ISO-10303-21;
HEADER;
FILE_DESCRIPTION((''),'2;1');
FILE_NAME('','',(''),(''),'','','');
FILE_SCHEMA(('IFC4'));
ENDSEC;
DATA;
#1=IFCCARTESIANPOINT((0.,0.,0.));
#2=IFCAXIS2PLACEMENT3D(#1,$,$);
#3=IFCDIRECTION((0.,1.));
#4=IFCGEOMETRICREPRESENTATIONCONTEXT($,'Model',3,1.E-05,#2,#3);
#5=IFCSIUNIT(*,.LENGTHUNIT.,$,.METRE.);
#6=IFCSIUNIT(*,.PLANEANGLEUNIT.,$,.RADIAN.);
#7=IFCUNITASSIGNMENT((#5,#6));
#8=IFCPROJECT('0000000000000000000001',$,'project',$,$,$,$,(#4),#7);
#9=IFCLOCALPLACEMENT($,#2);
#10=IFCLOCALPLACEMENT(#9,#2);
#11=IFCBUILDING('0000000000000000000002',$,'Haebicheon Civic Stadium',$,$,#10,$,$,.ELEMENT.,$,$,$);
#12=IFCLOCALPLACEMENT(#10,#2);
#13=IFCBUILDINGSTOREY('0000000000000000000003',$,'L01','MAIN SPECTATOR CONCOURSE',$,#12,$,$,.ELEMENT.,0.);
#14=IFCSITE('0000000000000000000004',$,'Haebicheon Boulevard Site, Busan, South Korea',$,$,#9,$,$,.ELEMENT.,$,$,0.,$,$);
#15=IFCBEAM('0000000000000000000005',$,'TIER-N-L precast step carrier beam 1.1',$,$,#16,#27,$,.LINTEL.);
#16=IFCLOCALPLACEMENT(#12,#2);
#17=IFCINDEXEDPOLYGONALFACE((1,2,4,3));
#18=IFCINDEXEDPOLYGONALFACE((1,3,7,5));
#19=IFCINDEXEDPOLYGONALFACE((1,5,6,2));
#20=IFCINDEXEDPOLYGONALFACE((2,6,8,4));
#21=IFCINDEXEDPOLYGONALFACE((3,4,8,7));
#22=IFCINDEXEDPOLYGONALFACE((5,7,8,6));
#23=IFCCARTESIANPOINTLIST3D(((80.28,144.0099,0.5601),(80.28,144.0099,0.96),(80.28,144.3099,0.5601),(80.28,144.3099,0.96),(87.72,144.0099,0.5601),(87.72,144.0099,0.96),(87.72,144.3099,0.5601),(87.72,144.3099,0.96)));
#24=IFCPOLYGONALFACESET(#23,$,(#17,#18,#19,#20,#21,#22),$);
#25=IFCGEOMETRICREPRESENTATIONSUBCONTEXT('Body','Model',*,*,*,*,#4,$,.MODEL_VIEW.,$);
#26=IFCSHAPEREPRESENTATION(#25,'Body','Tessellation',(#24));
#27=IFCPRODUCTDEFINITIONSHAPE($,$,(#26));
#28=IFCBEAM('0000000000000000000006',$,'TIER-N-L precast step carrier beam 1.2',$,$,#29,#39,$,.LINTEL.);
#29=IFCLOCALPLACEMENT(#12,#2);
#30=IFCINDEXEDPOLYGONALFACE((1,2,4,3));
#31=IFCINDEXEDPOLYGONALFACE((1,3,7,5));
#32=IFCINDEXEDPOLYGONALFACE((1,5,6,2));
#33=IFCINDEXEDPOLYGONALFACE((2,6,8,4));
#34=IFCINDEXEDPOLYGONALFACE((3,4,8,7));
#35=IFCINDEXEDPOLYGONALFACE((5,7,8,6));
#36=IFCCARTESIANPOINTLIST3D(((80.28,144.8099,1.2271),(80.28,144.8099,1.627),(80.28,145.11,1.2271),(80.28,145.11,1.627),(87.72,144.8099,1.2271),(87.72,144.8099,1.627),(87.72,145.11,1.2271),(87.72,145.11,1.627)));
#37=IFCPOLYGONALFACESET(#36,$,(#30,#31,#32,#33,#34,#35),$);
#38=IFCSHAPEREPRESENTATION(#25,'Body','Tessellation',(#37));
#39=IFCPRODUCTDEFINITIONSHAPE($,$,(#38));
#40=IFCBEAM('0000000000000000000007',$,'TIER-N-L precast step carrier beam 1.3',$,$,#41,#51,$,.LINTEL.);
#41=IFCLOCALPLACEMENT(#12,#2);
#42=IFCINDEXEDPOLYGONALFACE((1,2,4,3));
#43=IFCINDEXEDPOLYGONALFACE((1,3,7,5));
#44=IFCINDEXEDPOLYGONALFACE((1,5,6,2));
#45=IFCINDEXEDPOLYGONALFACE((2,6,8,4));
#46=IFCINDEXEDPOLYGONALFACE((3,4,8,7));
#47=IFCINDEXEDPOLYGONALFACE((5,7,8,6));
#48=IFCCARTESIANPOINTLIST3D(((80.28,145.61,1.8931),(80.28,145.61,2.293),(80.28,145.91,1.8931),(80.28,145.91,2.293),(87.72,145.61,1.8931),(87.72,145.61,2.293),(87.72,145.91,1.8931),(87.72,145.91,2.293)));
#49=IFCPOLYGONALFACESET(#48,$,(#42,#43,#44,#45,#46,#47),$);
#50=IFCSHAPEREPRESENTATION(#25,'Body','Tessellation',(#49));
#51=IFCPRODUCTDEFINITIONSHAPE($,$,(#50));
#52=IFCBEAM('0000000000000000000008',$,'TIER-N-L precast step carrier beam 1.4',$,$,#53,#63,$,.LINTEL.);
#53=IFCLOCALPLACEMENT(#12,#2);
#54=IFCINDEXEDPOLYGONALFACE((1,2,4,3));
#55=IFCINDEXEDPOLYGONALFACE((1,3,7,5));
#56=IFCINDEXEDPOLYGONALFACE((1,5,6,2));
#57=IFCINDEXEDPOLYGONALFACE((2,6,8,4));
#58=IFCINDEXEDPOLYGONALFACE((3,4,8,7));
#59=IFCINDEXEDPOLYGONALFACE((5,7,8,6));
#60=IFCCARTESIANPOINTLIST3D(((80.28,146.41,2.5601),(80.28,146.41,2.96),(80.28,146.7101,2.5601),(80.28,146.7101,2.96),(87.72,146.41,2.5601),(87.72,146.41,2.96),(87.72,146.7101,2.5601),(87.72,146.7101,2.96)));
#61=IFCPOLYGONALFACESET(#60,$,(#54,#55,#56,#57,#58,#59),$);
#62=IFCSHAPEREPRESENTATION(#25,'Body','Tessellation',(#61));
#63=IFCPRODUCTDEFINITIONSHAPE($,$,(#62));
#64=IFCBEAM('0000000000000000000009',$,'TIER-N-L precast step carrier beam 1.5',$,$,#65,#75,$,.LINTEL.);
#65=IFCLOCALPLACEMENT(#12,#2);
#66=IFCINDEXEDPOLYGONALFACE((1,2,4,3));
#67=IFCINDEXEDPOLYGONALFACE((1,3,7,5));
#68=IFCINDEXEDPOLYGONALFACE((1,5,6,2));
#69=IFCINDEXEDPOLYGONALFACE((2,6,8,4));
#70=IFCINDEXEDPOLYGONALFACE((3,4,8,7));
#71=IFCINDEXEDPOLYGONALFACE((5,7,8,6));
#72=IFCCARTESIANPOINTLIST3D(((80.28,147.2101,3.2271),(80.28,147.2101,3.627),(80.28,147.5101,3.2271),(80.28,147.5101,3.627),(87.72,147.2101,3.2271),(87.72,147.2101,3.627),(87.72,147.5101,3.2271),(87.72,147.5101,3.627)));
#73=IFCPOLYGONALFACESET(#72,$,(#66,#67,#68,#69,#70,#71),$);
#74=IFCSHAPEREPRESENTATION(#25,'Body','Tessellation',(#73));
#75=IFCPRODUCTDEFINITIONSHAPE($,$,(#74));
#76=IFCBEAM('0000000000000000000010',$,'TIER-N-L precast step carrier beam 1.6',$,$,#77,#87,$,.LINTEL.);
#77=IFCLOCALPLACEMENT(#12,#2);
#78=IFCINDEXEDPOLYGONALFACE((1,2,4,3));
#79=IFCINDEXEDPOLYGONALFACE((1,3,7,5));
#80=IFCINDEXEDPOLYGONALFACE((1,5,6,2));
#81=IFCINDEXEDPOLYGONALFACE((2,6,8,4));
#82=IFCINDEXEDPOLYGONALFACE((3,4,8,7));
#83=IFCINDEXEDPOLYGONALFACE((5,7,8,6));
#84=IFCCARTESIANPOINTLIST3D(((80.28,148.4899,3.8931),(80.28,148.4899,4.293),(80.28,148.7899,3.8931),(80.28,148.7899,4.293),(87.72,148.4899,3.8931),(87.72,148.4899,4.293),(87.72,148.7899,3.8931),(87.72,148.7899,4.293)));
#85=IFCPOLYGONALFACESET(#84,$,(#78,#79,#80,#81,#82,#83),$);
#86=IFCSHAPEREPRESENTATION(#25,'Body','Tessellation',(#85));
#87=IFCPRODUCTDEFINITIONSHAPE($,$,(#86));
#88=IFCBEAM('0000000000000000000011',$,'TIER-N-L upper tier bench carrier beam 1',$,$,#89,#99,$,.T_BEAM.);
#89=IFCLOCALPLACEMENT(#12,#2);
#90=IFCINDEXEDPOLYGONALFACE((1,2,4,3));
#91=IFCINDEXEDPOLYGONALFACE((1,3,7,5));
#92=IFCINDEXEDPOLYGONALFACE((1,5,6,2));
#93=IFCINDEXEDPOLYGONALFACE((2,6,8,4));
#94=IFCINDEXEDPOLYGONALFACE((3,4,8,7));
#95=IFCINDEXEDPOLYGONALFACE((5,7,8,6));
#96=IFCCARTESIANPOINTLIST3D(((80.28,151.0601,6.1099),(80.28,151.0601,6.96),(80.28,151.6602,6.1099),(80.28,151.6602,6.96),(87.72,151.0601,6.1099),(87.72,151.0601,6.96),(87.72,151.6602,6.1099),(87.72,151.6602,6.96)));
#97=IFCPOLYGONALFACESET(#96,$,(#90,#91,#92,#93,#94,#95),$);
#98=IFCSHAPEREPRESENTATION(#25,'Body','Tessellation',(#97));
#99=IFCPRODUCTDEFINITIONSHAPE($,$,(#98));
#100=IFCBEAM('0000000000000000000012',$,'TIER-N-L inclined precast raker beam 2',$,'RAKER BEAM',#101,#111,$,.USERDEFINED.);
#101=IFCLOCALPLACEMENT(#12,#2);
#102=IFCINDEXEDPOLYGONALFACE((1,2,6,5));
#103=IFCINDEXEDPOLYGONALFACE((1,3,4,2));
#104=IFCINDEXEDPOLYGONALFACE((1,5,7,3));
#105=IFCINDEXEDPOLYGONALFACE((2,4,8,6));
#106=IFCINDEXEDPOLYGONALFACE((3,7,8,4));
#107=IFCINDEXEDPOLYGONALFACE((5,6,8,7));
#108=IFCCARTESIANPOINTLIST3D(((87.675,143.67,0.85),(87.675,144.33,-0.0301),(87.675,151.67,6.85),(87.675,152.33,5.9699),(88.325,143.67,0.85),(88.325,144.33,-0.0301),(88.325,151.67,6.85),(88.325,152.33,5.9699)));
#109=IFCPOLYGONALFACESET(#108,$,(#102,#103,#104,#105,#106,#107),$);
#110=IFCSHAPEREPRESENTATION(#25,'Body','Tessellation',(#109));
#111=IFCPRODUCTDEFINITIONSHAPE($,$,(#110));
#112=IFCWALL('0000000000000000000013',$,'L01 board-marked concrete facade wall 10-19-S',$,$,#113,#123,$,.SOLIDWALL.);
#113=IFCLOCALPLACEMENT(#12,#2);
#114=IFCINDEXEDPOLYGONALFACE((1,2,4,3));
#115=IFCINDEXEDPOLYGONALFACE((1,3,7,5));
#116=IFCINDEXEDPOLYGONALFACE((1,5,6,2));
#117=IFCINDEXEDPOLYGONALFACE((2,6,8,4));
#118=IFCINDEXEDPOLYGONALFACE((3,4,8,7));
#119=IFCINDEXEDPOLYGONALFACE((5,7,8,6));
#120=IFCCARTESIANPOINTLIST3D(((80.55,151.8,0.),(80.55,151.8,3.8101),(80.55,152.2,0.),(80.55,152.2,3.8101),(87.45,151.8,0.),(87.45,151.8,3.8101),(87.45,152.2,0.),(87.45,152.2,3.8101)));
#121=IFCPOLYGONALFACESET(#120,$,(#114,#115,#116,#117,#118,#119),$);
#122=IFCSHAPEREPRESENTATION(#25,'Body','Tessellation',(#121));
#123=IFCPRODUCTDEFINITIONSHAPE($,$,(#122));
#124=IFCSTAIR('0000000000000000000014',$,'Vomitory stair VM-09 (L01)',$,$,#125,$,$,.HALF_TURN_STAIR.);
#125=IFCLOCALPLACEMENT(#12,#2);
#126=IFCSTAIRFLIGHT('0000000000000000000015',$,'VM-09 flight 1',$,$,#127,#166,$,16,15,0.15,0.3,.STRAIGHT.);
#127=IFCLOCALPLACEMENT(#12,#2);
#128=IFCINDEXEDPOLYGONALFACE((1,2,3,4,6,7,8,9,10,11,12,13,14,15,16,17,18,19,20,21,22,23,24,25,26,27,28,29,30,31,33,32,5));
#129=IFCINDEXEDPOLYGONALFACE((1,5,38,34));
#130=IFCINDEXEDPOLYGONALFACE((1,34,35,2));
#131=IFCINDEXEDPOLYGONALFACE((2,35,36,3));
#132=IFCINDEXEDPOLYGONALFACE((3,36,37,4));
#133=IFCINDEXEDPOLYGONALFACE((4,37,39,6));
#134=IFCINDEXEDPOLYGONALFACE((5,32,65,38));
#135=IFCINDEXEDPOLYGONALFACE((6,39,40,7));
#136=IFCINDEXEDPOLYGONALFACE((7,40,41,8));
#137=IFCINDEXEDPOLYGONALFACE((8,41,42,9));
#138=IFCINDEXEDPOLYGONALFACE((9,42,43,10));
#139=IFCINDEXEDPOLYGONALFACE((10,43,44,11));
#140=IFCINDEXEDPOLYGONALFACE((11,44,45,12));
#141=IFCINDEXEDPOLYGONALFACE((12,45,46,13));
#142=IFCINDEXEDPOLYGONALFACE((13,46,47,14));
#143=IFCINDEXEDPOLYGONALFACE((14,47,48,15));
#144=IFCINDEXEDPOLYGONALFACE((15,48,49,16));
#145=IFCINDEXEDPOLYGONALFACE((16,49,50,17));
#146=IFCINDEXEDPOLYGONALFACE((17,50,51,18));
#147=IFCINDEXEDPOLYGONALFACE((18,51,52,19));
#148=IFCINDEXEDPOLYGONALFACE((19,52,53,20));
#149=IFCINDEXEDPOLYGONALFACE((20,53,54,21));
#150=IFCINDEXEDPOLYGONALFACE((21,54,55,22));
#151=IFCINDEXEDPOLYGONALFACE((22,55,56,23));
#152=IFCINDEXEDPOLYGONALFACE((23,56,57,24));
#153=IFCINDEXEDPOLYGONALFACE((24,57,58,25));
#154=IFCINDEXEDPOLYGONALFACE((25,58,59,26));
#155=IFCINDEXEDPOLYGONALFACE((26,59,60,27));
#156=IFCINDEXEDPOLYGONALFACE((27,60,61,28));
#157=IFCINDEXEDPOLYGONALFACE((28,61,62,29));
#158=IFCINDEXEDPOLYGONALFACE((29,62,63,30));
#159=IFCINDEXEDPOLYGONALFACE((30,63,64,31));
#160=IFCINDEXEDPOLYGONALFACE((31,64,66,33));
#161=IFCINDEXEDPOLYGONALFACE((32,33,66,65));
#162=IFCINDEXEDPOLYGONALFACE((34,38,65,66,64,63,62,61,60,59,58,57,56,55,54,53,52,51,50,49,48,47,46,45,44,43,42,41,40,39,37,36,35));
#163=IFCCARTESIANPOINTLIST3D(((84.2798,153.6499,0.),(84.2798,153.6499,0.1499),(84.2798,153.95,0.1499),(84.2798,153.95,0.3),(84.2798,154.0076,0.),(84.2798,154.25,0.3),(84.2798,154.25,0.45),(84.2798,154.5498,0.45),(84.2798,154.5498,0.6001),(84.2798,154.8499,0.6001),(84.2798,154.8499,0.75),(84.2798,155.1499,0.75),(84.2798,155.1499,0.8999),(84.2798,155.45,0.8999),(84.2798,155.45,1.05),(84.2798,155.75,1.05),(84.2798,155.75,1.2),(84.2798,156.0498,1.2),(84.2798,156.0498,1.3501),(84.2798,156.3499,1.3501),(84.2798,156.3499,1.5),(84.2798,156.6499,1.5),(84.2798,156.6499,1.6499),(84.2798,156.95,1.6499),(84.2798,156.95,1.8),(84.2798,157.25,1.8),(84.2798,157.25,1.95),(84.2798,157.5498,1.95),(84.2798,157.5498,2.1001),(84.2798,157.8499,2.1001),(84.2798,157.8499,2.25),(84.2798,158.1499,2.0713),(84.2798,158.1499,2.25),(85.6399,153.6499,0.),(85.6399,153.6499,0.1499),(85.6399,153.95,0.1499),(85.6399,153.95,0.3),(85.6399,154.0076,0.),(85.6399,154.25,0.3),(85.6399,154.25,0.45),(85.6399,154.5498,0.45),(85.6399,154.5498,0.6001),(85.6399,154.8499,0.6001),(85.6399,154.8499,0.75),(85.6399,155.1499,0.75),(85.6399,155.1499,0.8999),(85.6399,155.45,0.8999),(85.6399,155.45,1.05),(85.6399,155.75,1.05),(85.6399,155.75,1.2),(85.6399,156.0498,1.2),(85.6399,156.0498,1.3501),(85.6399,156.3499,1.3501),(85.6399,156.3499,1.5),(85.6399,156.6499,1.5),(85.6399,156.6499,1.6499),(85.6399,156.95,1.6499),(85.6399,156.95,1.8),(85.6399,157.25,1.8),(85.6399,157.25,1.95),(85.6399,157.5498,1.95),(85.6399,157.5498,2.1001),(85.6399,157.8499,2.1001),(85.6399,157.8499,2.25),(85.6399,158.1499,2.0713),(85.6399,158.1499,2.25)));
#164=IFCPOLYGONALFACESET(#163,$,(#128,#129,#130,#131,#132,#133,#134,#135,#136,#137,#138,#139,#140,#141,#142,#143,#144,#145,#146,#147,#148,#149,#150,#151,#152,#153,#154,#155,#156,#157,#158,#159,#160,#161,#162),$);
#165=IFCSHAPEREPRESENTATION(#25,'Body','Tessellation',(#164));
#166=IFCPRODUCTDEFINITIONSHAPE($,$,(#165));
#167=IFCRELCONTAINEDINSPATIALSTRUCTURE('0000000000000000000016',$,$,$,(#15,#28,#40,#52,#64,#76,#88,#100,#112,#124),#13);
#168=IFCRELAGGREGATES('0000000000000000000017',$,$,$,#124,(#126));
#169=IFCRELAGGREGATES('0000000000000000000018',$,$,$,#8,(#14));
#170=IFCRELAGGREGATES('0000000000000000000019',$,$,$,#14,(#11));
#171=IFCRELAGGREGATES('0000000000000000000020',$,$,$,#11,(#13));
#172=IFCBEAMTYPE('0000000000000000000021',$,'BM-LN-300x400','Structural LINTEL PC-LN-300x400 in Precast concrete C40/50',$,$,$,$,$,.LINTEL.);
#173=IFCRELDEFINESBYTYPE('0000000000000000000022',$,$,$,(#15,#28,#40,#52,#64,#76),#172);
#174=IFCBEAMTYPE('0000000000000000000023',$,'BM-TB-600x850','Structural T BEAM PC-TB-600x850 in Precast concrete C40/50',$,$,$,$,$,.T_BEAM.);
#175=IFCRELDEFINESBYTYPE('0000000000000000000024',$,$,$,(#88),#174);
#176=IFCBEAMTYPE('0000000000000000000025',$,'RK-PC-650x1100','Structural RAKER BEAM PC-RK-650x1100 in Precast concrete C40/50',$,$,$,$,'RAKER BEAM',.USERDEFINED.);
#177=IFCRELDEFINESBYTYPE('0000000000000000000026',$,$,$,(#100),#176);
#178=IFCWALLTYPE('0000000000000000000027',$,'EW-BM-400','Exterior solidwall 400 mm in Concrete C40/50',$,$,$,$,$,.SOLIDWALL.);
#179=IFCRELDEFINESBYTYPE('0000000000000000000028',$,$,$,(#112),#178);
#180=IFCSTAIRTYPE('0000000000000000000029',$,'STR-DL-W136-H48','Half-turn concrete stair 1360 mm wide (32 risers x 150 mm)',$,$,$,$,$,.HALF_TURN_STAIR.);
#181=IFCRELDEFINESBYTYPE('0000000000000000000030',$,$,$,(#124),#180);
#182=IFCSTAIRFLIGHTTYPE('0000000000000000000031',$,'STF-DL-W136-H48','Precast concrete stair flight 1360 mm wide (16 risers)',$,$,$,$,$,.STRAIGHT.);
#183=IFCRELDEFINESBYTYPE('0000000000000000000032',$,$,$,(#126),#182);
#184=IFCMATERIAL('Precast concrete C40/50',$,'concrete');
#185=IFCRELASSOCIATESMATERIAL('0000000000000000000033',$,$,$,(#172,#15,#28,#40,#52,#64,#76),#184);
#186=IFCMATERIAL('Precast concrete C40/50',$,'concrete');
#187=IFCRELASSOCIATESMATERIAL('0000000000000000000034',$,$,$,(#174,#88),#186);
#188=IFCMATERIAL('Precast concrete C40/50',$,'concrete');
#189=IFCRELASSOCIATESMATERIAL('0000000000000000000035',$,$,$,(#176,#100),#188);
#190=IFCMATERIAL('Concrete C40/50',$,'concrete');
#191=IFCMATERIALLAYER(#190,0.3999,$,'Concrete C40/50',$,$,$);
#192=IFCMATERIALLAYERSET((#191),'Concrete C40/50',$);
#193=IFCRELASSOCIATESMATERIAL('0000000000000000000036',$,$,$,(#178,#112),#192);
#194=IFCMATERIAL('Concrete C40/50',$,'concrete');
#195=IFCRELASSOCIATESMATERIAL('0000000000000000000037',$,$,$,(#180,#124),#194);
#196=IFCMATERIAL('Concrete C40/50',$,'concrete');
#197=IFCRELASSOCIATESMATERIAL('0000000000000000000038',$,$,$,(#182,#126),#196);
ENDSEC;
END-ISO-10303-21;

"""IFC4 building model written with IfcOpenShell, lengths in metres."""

from ifc_helpers import new_model, si_unit, direction, frame, frame_2d, origin, origin_2d, place, context, subcontext, project, spatial, polyline, rectangle, outline, extrude, material, layer, layer_set, material_profile, profile_set, type_object, element, aggregate, save


model = new_model("IFC4")

# Units and contexts
model_context = context("Model", 3, precision=1e-05, world=origin(), true_north=direction((0.0, 1.0)))
body_context = subcontext(model_context, "Body", "Model", "MODEL_VIEW")
ifc_project = project(units=[si_unit("LENGTHUNIT", "METRE"), si_unit("PLANEANGLEUNIT", "RADIAN")], contexts=[model_context])

# Site, building, storey
site_placement = place(None, origin())
site = spatial("IfcSite", under=ifc_project, at=site_placement, Name="Haebicheon Boulevard Site, Busan, South Korea", CompositionType="ELEMENT", RefElevation=0.0)
building_placement = place(site_placement, origin())
building = spatial("IfcBuilding", under=site, at=building_placement, Name="Haebicheon Civic Stadium", CompositionType="ELEMENT")
storey_placement = place(building_placement, origin())
storey = spatial("IfcBuildingStorey", under=building, at=storey_placement, Name="L01", Description="MAIN SPECTATOR CONCOURSE", CompositionType="ELEMENT", Elevation=0.0)

# Beams
ifc_material_1 = material(Name="Precast concrete C40/50", Category="concrete")
ifc_material_profile_1 = material_profile(ifc_material_1, rectangle(XDim=0.3, YDim=0.3999, at=origin_2d()), Name="PC-LN-300x400")
ifc_profile_set_1 = profile_set([ifc_material_profile_1], Name="Precast concrete C40/50")
beam_type_1 = type_object("IfcBeamType", Name="BM-LN-300x400", Description="Structural LINTEL PC-LN-300x400 in Precast concrete C40/50", PredefinedType="LINTEL", material=ifc_profile_set_1)
for number, where, z_axis, x_axis, name in (
    (1, (80.28, 144.1599, 0.76), (1.0, 0.0, 0.0), (0.0, 1.0, 0.0), "TIER-N-L precast step carrier beam 1.1"),
    (2, (80.28, 144.96, 1.427), (1.0, 0.0, 0.0), (0.0, 1.0, 0.0), "TIER-N-L precast step carrier beam 1.2"),
    (3, (80.28, 145.76, 2.093), (1.0, 0.0, 0.0), (0.0, 1.0, 0.0), "TIER-N-L precast step carrier beam 1.3"),
    (4, (80.28, 146.5601, 2.76), (1.0, 0.0, 0.0), (0.0, 1.0, 0.0), "TIER-N-L precast step carrier beam 1.4"),
    (5, (80.28, 147.3601, 3.427), (1.0, 0.0, 0.0), (0.0, 1.0, 0.0), "TIER-N-L precast step carrier beam 1.5"),
    (6, (80.28, 148.6399, 4.093), (1.0, 0.0, 0.0), (0.0, 1.0, 0.0), "TIER-N-L precast step carrier beam 1.6"),
):
    element("IfcBeam", number, at=place(storey_placement, frame(where, z_axis=z_axis, x_axis=x_axis)), inside=storey, type_object=beam_type_1, material=ifc_profile_set_1, Name=name, PredefinedType="LINTEL", context=body_context, shape_type="SweptSolid", body=[
        extrude(rectangle(XDim=0.3, YDim=0.3999, at=origin_2d()), origin(), (0.0, 0.0, 1.0), 7.4399),
    ])
ifc_material_2 = material(Name="Precast concrete C40/50", Category="concrete")
ifc_material_profile_2 = material_profile(ifc_material_2, rectangle(XDim=0.6001, YDim=0.8501, at=origin_2d()), Name="PC-TB-600x850")
ifc_profile_set_2 = profile_set([ifc_material_profile_2], Name="Precast concrete C40/50")
beam_type_2 = type_object("IfcBeamType", Name="BM-TB-600x850", Description="Structural T BEAM PC-TB-600x850 in Precast concrete C40/50", PredefinedType="T_BEAM", material=ifc_profile_set_2)
beam_1_placement = place(storey_placement, frame((80.28, 151.3601, 6.5349), z_axis=(1.0, 0.0, 0.0), x_axis=(0.0, 1.0, 0.0)))
element("IfcBeam", 7, at=beam_1_placement, inside=storey, type_object=beam_type_2, material=ifc_profile_set_2, Name="TIER-N-L upper tier bench carrier beam 1", PredefinedType="T_BEAM", context=body_context, shape_type="SweptSolid", body=[
    extrude(rectangle(XDim=0.6001, YDim=0.8501, at=origin_2d()), origin(), (0.0, 0.0, 1.0), 7.4399),
])
ifc_material_3 = material(Name="Precast concrete C40/50", Category="concrete")
ifc_material_profile_3 = material_profile(ifc_material_3, rectangle(XDim=0.6499, YDim=1.1001, at=origin_2d()), Name="PC-RK-650x1100")
ifc_profile_set_3 = profile_set([ifc_material_profile_3], Name="Precast concrete C40/50")
beam_type_3 = type_object("IfcBeamType", Name="RK-PC-650x1100", Description="Structural RAKER BEAM PC-RK-650x1100 in Precast concrete C40/50", ElementType="RAKER BEAM", PredefinedType="USERDEFINED", material=ifc_profile_set_3)
beam_2_placement = place(storey_placement, frame((88.0, 144.0, 0.4099), z_axis=(0.0, 0.8, 0.6), x_axis=(-1.0, 0.0, 0.0)))
element("IfcBeam", 8, at=beam_2_placement, inside=storey, type_object=beam_type_3, material=ifc_profile_set_3, Name="TIER-N-L inclined precast raker beam 2", ObjectType="RAKER BEAM", PredefinedType="USERDEFINED", context=body_context, shape_type="SweptSolid", body=[
    extrude(rectangle(XDim=0.6499, YDim=1.1001, at=origin_2d()), origin(), (0.0, 0.0, 1.0), 10.0),
])

# Wall
ifc_material_4 = material(Name="Concrete C40/50", Category="concrete")
ifc_layer = layer(ifc_material_4, 0.3999, Name="Concrete C40/50")
ifc_layer_set = layer_set([ifc_layer], Name="Concrete C40/50")
wall_type = type_object("IfcWallType", Name="EW-BM-400", Description="Exterior solidwall 400 mm in Concrete C40/50", PredefinedType="SOLIDWALL", material=ifc_layer_set)
wall_placement = place(storey_placement, frame((80.55, 152.0, 0.0), z_axis=(0.0, 0.0, 1.0), x_axis=(1.0, 0.0, 0.0)))
element("IfcWall", 9, at=wall_placement, inside=storey, type_object=wall_type, material=ifc_layer_set, Name="L01 board-marked concrete facade wall 10-19-S", PredefinedType="SOLIDWALL", context=body_context, shape_type="SweptSolid", body=[
    extrude(rectangle(XDim=6.8999, YDim=0.3999, at=frame_2d((3.45, 0.0))), origin(), (0.0, 0.0, 1.0), 3.8101),
])

# Stair, stair flight
ifc_material_5 = material(Name="Concrete C40/50", Category="concrete")
stair_type = type_object("IfcStairType", Name="STR-DL-W136-H48", Description="Half-turn concrete stair 1360 mm wide (32 risers x 150 mm)", PredefinedType="HALF_TURN_STAIR", material=ifc_material_5)
stair_placement = place(storey_placement, origin())
stair = element("IfcStair", 10, at=stair_placement, inside=storey, type_object=stair_type, material=ifc_material_5, Name="Vomitory stair VM-09 (L01)", PredefinedType="HALF_TURN_STAIR")
ifc_material_6 = material(Name="Concrete C40/50", Category="concrete")
stair_flight_type = type_object("IfcStairFlightType", Name="STF-DL-W136-H48", Description="Precast concrete stair flight 1360 mm wide (16 risers)", PredefinedType="STRAIGHT", material=ifc_material_6)
stair_flight_placement = place(storey_placement, frame((84.96, 153.6499, 0.0), z_axis=(0.0, 0.0, 1.0), x_axis=(0.0, 1.0, 0.0)))
stair_flight = element("IfcStairFlight", 11, at=stair_flight_placement, type_object=stair_flight_type, material=ifc_material_6, Name="VM-09 flight 1", NumberOfRisers=16, NumberOfTreads=15, PredefinedType="STRAIGHT", RiserHeight=0.15, TreadLength=0.3, context=body_context, shape_type="SweptSolid", body=[
    extrude(outline(polyline([(0.0, 0.0), (0.0, 0.1499), (0.3, 0.1499), (0.3, 0.3), (0.6001, 0.3), (0.6001, 0.45), (0.8999, 0.45), (0.8999, 0.6001), (1.2, 0.6001), (1.2, 0.75), (1.5, 0.75), (1.5, 0.8999), (1.8, 0.8999), (1.8, 1.05), (2.1001, 1.05), (2.1001, 1.2), (2.3999, 1.2), (2.3999, 1.3501), (2.7, 1.3501), (2.7, 1.5), (3.0, 1.5), (3.0, 1.6499), (3.3, 1.6499), (3.3, 1.8), (3.6001, 1.8), (3.6001, 1.95), (3.8999, 1.95), (3.8999, 2.1001), (4.2, 2.1001), (4.2, 2.25), (4.5, 2.25), (4.5, 2.3999), (4.5, 2.0713), (0.3577, 0.0), (0.0, 0.0)])), frame((0.0, 0.6802, 0.0), z_axis=(0.0, -1.0, 0.0), x_axis=(1.0, 0.0, 0.0)), (0.0, 0.0, 1.0), 1.3601),
])
aggregate(stair, [stair_flight])

save(model, "model.ifc")
